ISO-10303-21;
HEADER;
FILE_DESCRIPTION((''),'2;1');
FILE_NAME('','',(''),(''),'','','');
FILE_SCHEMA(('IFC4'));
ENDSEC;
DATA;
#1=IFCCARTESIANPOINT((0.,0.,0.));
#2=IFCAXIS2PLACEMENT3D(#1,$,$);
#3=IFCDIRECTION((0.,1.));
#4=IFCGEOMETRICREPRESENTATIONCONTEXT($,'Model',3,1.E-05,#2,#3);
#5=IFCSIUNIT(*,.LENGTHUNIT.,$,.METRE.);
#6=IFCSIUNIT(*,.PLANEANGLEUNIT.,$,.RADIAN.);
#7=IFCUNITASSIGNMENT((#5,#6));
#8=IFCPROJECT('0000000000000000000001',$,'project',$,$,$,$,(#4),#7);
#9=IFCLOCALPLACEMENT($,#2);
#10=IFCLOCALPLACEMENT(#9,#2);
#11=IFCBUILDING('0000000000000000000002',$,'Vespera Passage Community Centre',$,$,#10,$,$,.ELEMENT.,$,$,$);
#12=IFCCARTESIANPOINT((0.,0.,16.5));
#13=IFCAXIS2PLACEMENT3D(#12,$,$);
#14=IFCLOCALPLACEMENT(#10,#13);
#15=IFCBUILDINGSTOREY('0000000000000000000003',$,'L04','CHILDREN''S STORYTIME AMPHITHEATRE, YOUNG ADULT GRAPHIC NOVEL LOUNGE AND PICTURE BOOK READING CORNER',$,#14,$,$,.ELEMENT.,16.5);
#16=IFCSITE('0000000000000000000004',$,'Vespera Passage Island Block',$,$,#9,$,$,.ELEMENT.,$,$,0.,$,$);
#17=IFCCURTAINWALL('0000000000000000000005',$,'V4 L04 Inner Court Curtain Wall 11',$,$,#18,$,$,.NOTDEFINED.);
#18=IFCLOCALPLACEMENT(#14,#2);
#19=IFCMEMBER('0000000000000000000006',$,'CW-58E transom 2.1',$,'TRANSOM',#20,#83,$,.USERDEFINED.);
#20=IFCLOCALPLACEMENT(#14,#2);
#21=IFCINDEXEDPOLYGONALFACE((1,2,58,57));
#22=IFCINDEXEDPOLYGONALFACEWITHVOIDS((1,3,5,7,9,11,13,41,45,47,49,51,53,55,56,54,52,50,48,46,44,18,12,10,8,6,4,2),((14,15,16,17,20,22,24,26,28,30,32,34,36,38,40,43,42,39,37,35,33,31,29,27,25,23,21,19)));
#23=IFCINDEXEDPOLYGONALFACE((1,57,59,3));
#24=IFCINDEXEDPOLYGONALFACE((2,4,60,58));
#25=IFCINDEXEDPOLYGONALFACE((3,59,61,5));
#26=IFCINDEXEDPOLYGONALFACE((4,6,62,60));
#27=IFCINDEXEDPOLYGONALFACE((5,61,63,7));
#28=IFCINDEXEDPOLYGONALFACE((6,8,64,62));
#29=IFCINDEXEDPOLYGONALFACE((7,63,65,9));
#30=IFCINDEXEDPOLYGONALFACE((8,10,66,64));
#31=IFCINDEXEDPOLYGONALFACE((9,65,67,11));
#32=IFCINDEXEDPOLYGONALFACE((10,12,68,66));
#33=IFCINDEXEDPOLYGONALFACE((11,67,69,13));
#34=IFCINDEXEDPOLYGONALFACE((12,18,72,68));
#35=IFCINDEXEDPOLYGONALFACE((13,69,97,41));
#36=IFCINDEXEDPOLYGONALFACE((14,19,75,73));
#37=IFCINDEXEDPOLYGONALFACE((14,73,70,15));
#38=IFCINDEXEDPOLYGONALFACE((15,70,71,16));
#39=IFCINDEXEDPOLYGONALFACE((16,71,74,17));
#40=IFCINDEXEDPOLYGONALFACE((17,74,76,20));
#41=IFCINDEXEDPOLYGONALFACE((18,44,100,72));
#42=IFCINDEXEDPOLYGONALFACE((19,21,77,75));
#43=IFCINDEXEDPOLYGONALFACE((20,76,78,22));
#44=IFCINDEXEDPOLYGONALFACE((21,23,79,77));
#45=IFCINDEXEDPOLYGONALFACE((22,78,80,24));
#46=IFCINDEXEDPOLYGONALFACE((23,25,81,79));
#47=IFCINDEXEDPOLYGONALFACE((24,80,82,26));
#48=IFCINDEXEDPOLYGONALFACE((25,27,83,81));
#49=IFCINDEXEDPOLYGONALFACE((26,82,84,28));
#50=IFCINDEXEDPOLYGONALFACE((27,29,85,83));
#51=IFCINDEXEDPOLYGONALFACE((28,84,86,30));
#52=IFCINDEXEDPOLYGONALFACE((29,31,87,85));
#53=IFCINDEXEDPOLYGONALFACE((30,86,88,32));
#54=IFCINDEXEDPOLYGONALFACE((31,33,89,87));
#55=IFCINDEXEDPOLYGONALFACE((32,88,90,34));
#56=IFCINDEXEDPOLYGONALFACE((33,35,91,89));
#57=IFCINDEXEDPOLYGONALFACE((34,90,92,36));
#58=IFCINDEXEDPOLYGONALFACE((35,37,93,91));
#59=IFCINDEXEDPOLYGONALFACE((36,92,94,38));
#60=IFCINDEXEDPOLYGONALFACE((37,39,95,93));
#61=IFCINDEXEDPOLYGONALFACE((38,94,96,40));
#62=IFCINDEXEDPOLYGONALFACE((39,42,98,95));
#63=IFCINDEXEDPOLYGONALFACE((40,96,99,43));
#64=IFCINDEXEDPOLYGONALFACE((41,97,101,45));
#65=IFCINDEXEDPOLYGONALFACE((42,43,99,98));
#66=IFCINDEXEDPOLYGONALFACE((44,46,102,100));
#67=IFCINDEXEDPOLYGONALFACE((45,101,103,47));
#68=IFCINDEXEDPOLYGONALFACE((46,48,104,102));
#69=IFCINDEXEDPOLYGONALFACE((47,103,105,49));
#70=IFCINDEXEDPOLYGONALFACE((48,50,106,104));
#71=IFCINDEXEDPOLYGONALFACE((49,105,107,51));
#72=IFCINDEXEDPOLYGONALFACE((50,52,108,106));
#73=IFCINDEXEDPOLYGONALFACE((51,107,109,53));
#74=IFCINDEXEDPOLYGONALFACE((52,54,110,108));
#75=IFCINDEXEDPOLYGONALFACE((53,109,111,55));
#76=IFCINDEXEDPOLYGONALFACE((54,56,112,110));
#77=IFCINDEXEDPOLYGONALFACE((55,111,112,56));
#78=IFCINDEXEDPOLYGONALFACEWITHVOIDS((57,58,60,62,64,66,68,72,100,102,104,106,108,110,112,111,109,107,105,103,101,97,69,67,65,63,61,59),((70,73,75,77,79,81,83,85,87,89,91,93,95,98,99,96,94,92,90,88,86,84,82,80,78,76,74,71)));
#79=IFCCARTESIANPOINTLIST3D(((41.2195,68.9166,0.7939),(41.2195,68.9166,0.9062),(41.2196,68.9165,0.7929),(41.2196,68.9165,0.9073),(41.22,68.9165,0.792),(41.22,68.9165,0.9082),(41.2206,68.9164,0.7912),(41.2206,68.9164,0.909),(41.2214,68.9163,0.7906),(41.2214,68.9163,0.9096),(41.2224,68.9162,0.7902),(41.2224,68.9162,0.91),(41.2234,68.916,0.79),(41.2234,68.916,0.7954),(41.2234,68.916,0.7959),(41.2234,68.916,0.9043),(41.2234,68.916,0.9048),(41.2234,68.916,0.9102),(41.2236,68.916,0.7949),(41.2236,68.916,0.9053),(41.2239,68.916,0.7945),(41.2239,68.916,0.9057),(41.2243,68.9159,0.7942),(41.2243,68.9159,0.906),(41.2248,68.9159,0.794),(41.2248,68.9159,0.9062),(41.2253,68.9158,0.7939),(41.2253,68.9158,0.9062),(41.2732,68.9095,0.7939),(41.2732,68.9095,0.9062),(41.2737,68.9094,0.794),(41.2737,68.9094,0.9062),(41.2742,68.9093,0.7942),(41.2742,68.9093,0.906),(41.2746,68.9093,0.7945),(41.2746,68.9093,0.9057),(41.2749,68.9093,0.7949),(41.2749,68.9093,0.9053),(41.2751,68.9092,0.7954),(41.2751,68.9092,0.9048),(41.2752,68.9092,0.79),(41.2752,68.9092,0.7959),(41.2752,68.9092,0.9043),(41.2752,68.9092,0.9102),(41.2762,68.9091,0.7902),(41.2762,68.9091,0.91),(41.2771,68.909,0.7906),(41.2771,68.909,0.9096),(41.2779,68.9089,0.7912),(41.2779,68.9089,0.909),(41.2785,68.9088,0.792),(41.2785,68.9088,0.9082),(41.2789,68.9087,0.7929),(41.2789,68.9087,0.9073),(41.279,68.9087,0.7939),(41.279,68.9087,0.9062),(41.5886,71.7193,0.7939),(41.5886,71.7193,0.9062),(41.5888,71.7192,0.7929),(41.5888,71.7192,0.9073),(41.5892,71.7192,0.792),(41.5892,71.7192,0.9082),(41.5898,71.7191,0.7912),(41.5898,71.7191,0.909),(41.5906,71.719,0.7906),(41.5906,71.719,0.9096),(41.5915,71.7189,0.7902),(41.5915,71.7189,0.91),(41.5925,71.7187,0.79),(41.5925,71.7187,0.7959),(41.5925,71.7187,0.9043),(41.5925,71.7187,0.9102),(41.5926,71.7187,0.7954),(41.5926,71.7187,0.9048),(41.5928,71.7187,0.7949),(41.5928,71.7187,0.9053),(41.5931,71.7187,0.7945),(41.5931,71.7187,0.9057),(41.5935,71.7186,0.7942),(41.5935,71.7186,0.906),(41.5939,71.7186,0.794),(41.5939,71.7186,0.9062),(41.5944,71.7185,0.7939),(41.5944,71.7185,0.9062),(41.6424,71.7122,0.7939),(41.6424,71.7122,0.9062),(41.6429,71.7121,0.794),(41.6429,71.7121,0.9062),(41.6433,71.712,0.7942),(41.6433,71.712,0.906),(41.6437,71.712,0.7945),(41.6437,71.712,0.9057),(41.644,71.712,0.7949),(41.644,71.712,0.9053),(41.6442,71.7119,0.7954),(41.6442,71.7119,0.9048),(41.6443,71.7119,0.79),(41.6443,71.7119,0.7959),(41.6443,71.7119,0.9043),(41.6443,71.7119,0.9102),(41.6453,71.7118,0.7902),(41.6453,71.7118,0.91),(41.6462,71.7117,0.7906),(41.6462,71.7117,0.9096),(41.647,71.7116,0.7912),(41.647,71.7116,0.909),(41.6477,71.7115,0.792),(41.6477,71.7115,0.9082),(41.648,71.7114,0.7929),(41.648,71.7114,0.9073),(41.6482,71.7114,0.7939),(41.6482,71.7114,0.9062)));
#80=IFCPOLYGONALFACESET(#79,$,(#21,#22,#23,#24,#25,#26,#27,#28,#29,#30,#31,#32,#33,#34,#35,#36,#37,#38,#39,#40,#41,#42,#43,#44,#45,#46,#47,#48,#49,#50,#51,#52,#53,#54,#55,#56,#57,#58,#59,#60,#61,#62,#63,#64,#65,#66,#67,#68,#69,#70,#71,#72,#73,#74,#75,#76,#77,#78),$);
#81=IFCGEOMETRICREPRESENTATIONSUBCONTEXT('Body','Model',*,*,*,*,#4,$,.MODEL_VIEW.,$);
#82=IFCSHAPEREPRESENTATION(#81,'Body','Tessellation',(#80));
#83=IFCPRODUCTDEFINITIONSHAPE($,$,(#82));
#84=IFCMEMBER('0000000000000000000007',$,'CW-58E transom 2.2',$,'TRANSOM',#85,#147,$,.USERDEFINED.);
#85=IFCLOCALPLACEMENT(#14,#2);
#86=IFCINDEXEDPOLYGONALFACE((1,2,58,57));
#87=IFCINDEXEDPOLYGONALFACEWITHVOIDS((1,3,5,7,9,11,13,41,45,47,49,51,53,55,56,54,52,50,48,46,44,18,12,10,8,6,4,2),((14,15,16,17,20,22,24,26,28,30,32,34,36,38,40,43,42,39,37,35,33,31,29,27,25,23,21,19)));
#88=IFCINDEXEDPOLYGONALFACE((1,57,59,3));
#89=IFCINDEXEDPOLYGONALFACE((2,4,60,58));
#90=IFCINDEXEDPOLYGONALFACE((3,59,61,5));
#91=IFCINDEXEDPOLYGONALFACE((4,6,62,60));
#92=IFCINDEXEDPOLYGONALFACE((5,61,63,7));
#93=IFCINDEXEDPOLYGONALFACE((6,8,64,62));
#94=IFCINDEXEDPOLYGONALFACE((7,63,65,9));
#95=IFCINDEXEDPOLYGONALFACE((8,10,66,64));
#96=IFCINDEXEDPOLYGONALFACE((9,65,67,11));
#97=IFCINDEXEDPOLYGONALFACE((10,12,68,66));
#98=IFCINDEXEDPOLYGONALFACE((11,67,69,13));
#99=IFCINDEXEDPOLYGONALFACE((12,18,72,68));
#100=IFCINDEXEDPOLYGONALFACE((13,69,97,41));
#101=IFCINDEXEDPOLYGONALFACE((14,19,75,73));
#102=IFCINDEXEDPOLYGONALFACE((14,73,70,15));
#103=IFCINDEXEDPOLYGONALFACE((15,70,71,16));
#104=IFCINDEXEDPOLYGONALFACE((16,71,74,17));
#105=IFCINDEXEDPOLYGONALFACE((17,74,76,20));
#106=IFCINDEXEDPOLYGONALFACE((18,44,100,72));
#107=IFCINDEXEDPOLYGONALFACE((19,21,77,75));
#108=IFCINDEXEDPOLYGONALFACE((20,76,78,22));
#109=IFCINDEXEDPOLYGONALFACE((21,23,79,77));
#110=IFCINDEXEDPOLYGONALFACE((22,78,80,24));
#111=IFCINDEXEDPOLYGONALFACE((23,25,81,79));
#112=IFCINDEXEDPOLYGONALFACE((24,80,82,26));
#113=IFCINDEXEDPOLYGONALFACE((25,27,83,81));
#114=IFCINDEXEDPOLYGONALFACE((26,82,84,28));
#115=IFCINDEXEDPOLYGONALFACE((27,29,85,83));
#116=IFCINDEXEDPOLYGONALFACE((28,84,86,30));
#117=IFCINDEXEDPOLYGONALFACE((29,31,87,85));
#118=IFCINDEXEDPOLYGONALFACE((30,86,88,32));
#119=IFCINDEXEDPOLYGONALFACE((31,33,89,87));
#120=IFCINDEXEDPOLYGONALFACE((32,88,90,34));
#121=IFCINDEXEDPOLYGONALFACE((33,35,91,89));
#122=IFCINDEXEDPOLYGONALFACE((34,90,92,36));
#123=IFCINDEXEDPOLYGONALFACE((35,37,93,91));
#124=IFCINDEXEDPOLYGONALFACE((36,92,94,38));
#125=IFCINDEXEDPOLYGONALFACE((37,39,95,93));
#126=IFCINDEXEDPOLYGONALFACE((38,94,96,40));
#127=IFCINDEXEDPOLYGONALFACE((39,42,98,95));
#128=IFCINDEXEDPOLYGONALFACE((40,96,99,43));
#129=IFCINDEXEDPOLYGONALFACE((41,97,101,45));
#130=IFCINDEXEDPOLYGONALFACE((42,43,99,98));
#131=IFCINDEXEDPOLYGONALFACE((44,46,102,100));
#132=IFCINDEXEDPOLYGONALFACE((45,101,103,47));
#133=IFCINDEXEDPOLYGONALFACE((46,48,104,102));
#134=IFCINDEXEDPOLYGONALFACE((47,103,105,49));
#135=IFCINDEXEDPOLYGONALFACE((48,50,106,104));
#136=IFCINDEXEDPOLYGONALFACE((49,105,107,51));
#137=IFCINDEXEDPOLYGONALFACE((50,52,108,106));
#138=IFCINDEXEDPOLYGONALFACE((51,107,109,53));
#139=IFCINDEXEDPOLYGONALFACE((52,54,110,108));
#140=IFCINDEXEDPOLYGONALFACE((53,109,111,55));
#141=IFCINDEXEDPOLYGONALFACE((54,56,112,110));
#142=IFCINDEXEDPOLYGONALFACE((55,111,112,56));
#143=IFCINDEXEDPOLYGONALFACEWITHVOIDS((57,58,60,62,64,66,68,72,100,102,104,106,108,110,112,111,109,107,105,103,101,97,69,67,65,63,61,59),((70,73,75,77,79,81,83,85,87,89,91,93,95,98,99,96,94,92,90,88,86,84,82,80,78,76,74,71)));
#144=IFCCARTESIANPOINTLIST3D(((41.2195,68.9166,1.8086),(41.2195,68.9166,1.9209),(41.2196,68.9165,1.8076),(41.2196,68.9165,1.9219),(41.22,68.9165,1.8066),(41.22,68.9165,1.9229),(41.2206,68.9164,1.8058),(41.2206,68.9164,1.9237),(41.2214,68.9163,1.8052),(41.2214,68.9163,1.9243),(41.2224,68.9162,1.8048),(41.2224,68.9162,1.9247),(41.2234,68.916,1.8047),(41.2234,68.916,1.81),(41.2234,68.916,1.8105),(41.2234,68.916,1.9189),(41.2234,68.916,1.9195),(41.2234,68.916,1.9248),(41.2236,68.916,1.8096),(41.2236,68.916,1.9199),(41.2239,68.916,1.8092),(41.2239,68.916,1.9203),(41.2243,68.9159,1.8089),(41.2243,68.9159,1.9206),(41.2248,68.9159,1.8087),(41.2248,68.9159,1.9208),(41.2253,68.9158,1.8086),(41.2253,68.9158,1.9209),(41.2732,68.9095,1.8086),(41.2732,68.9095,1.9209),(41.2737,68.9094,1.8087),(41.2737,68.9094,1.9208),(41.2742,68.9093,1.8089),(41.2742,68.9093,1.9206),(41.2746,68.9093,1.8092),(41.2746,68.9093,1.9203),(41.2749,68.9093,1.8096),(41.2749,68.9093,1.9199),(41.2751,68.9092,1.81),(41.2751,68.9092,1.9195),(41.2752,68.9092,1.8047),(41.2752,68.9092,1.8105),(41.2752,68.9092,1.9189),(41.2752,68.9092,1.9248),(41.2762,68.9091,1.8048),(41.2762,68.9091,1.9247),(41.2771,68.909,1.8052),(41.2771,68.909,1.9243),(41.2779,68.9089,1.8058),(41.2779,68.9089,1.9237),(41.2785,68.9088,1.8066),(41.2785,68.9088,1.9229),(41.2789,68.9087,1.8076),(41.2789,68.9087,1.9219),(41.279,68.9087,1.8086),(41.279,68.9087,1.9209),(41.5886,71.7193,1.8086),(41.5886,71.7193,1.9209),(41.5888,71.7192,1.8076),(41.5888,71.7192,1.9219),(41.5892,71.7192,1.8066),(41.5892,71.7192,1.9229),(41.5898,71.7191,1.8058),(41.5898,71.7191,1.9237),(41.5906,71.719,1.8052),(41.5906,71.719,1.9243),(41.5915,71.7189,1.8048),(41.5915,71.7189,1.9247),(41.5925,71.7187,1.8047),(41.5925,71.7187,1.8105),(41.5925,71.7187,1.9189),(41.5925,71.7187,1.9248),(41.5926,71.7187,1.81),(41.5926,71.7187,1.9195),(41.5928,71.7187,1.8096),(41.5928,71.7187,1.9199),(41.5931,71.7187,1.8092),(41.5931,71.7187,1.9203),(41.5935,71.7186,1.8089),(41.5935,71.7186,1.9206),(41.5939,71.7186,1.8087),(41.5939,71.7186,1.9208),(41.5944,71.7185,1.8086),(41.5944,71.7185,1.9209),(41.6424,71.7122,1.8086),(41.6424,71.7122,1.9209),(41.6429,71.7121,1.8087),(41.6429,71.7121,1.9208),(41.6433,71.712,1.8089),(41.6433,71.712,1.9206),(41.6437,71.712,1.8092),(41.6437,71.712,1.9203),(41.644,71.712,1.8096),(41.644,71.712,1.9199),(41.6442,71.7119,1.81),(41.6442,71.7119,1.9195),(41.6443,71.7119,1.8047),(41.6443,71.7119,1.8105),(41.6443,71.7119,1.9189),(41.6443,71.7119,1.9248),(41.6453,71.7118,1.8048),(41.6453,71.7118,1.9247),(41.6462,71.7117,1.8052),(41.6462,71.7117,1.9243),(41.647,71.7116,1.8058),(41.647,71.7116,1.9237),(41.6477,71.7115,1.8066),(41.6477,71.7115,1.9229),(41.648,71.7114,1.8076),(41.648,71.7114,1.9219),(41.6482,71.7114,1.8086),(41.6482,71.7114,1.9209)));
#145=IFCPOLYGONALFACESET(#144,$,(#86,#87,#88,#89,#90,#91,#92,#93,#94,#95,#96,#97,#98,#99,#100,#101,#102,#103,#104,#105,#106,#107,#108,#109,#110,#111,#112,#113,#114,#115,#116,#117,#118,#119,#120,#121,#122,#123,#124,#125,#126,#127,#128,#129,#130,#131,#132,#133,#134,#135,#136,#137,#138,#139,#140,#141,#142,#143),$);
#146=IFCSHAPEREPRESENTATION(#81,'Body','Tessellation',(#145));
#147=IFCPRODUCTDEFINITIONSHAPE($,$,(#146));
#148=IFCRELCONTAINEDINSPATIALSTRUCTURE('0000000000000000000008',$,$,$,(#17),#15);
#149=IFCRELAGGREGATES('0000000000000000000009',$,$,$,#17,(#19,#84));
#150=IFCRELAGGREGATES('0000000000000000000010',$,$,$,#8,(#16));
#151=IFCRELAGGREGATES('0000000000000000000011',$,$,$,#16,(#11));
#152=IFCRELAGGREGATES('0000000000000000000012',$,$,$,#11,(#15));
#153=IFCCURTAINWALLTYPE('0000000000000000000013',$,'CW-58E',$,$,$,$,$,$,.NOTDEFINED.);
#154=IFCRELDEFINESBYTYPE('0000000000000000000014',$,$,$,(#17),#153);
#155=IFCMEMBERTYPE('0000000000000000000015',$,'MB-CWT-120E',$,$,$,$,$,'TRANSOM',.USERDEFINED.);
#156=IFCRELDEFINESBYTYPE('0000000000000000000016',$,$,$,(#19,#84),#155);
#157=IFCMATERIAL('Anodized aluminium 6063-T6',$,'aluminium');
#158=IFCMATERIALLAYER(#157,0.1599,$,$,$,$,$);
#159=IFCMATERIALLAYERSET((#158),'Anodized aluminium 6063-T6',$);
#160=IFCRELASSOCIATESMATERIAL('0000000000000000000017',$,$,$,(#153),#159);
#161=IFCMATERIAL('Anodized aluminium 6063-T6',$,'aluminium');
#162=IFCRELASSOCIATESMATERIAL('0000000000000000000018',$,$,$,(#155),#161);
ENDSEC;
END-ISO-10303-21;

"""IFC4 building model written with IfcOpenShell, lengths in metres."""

from ifc_helpers import new_model, si_unit, direction, frame, origin, origin_2d, place, context, subcontext, project, spatial, hollow_rectangle, extrude, material, layer, layer_set, material_profile, profile_set, type_object, element, aggregate, save


model = new_model("IFC4")

# Units and contexts
model_context = context("Model", 3, precision=1e-05, world=origin(), true_north=direction((0.0, 1.0)))
body_context = subcontext(model_context, "Body", "Model", "MODEL_VIEW")
ifc_project = project(units=[si_unit("LENGTHUNIT", "METRE"), si_unit("PLANEANGLEUNIT", "RADIAN")], contexts=[model_context])

# Site, building, storey
site_placement = place(None, origin())
site = spatial("IfcSite", under=ifc_project, at=site_placement, Name="Vespera Passage Island Block", CompositionType="ELEMENT", RefElevation=0.0)
building_placement = place(site_placement, origin())
building = spatial("IfcBuilding", under=site, at=building_placement, Name="Vespera Passage Community Centre", CompositionType="ELEMENT")
storey_placement = place(building_placement, frame((0.0, 0.0, 16.5)))
storey = spatial("IfcBuildingStorey", under=building, at=storey_placement, Name="L04", Description="CHILDREN'S STORYTIME AMPHITHEATRE, YOUNG ADULT GRAPHIC NOVEL LOUNGE AND PICTURE BOOK READING CORNER", CompositionType="ELEMENT", Elevation=16.5)

# Curtain wall, members
ifc_material_1 = material(Name="Anodized aluminium 6063-T6", Category="aluminium")
ifc_layer_1 = layer(ifc_material_1, 0.1599)
ifc_layer_set_1 = layer_set([ifc_layer_1], Name="Anodized aluminium 6063-T6")
curtain_wall_type = type_object("IfcCurtainWallType", Name="CW-58E", PredefinedType="NOTDEFINED", material=ifc_layer_set_1)
curtain_wall_placement = place(storey_placement, origin())
curtain_wall = element("IfcCurtainWall", 1, at=curtain_wall_placement, inside=storey, type_object=curtain_wall_type, Name="V4 L04 Inner Court Curtain Wall 11", PredefinedType="NOTDEFINED")
ifc_material_2 = material(Name="Anodized aluminium 6063-T6", Category="aluminium")
ifc_material_profile_1 = material_profile(ifc_material_2, hollow_rectangle(XDim=0.0601, YDim=0.1201, WallThickness=0.0039, InnerFilletRadius=0.002, OuterFilletRadius=0.0039, at=origin_2d()), Name="ALU120X60X4")
ifc_profile_set_1 = profile_set([ifc_material_profile_1], Name="Anodized aluminium 6063-T6")
member_type_1 = type_object("IfcMemberType", Name="MB-CWT-120E", ElementType="TRANSOM", PredefinedType="USERDEFINED", material=ifc_profile_set_1)
member_1_placement = place(storey_placement, frame((41.6184, 71.7153, 0.8501), z_axis=(-0.13058, -0.991438, 0.0), x_axis=(0.991438, -0.13058, 0.0)))
member_1 = element("IfcMember", 2, at=member_1_placement, type_object=member_type_1, Name="CW-58E transom 2.1", ObjectType="TRANSOM", PredefinedType="USERDEFINED", context=body_context, shape_type="SweptSolid", body=[
    extrude(hollow_rectangle(XDim=0.0601, YDim=0.1201, WallThickness=0.0039, InnerFilletRadius=0.002, OuterFilletRadius=0.0039, at=origin_2d()), origin(), (0.0, 0.0, 1.0), 2.8269),
])
member_2_placement = place(storey_placement, frame((41.6184, 71.7153, 1.8647), z_axis=(-0.13058, -0.991438, 0.0), x_axis=(0.991438, -0.13058, 0.0)))
member_2 = element("IfcMember", 3, at=member_2_placement, type_object=member_type_1, Name="CW-58E transom 2.2", ObjectType="TRANSOM", PredefinedType="USERDEFINED", context=body_context, shape_type="SweptSolid", body=[
    extrude(hollow_rectangle(XDim=0.0601, YDim=0.1201, WallThickness=0.0039, InnerFilletRadius=0.002, OuterFilletRadius=0.0039, at=origin_2d()), origin(), (0.0, 0.0, 1.0), 2.8269),
])
aggregate(curtain_wall, [member_1, member_2])

save(model, "model.ifc")
